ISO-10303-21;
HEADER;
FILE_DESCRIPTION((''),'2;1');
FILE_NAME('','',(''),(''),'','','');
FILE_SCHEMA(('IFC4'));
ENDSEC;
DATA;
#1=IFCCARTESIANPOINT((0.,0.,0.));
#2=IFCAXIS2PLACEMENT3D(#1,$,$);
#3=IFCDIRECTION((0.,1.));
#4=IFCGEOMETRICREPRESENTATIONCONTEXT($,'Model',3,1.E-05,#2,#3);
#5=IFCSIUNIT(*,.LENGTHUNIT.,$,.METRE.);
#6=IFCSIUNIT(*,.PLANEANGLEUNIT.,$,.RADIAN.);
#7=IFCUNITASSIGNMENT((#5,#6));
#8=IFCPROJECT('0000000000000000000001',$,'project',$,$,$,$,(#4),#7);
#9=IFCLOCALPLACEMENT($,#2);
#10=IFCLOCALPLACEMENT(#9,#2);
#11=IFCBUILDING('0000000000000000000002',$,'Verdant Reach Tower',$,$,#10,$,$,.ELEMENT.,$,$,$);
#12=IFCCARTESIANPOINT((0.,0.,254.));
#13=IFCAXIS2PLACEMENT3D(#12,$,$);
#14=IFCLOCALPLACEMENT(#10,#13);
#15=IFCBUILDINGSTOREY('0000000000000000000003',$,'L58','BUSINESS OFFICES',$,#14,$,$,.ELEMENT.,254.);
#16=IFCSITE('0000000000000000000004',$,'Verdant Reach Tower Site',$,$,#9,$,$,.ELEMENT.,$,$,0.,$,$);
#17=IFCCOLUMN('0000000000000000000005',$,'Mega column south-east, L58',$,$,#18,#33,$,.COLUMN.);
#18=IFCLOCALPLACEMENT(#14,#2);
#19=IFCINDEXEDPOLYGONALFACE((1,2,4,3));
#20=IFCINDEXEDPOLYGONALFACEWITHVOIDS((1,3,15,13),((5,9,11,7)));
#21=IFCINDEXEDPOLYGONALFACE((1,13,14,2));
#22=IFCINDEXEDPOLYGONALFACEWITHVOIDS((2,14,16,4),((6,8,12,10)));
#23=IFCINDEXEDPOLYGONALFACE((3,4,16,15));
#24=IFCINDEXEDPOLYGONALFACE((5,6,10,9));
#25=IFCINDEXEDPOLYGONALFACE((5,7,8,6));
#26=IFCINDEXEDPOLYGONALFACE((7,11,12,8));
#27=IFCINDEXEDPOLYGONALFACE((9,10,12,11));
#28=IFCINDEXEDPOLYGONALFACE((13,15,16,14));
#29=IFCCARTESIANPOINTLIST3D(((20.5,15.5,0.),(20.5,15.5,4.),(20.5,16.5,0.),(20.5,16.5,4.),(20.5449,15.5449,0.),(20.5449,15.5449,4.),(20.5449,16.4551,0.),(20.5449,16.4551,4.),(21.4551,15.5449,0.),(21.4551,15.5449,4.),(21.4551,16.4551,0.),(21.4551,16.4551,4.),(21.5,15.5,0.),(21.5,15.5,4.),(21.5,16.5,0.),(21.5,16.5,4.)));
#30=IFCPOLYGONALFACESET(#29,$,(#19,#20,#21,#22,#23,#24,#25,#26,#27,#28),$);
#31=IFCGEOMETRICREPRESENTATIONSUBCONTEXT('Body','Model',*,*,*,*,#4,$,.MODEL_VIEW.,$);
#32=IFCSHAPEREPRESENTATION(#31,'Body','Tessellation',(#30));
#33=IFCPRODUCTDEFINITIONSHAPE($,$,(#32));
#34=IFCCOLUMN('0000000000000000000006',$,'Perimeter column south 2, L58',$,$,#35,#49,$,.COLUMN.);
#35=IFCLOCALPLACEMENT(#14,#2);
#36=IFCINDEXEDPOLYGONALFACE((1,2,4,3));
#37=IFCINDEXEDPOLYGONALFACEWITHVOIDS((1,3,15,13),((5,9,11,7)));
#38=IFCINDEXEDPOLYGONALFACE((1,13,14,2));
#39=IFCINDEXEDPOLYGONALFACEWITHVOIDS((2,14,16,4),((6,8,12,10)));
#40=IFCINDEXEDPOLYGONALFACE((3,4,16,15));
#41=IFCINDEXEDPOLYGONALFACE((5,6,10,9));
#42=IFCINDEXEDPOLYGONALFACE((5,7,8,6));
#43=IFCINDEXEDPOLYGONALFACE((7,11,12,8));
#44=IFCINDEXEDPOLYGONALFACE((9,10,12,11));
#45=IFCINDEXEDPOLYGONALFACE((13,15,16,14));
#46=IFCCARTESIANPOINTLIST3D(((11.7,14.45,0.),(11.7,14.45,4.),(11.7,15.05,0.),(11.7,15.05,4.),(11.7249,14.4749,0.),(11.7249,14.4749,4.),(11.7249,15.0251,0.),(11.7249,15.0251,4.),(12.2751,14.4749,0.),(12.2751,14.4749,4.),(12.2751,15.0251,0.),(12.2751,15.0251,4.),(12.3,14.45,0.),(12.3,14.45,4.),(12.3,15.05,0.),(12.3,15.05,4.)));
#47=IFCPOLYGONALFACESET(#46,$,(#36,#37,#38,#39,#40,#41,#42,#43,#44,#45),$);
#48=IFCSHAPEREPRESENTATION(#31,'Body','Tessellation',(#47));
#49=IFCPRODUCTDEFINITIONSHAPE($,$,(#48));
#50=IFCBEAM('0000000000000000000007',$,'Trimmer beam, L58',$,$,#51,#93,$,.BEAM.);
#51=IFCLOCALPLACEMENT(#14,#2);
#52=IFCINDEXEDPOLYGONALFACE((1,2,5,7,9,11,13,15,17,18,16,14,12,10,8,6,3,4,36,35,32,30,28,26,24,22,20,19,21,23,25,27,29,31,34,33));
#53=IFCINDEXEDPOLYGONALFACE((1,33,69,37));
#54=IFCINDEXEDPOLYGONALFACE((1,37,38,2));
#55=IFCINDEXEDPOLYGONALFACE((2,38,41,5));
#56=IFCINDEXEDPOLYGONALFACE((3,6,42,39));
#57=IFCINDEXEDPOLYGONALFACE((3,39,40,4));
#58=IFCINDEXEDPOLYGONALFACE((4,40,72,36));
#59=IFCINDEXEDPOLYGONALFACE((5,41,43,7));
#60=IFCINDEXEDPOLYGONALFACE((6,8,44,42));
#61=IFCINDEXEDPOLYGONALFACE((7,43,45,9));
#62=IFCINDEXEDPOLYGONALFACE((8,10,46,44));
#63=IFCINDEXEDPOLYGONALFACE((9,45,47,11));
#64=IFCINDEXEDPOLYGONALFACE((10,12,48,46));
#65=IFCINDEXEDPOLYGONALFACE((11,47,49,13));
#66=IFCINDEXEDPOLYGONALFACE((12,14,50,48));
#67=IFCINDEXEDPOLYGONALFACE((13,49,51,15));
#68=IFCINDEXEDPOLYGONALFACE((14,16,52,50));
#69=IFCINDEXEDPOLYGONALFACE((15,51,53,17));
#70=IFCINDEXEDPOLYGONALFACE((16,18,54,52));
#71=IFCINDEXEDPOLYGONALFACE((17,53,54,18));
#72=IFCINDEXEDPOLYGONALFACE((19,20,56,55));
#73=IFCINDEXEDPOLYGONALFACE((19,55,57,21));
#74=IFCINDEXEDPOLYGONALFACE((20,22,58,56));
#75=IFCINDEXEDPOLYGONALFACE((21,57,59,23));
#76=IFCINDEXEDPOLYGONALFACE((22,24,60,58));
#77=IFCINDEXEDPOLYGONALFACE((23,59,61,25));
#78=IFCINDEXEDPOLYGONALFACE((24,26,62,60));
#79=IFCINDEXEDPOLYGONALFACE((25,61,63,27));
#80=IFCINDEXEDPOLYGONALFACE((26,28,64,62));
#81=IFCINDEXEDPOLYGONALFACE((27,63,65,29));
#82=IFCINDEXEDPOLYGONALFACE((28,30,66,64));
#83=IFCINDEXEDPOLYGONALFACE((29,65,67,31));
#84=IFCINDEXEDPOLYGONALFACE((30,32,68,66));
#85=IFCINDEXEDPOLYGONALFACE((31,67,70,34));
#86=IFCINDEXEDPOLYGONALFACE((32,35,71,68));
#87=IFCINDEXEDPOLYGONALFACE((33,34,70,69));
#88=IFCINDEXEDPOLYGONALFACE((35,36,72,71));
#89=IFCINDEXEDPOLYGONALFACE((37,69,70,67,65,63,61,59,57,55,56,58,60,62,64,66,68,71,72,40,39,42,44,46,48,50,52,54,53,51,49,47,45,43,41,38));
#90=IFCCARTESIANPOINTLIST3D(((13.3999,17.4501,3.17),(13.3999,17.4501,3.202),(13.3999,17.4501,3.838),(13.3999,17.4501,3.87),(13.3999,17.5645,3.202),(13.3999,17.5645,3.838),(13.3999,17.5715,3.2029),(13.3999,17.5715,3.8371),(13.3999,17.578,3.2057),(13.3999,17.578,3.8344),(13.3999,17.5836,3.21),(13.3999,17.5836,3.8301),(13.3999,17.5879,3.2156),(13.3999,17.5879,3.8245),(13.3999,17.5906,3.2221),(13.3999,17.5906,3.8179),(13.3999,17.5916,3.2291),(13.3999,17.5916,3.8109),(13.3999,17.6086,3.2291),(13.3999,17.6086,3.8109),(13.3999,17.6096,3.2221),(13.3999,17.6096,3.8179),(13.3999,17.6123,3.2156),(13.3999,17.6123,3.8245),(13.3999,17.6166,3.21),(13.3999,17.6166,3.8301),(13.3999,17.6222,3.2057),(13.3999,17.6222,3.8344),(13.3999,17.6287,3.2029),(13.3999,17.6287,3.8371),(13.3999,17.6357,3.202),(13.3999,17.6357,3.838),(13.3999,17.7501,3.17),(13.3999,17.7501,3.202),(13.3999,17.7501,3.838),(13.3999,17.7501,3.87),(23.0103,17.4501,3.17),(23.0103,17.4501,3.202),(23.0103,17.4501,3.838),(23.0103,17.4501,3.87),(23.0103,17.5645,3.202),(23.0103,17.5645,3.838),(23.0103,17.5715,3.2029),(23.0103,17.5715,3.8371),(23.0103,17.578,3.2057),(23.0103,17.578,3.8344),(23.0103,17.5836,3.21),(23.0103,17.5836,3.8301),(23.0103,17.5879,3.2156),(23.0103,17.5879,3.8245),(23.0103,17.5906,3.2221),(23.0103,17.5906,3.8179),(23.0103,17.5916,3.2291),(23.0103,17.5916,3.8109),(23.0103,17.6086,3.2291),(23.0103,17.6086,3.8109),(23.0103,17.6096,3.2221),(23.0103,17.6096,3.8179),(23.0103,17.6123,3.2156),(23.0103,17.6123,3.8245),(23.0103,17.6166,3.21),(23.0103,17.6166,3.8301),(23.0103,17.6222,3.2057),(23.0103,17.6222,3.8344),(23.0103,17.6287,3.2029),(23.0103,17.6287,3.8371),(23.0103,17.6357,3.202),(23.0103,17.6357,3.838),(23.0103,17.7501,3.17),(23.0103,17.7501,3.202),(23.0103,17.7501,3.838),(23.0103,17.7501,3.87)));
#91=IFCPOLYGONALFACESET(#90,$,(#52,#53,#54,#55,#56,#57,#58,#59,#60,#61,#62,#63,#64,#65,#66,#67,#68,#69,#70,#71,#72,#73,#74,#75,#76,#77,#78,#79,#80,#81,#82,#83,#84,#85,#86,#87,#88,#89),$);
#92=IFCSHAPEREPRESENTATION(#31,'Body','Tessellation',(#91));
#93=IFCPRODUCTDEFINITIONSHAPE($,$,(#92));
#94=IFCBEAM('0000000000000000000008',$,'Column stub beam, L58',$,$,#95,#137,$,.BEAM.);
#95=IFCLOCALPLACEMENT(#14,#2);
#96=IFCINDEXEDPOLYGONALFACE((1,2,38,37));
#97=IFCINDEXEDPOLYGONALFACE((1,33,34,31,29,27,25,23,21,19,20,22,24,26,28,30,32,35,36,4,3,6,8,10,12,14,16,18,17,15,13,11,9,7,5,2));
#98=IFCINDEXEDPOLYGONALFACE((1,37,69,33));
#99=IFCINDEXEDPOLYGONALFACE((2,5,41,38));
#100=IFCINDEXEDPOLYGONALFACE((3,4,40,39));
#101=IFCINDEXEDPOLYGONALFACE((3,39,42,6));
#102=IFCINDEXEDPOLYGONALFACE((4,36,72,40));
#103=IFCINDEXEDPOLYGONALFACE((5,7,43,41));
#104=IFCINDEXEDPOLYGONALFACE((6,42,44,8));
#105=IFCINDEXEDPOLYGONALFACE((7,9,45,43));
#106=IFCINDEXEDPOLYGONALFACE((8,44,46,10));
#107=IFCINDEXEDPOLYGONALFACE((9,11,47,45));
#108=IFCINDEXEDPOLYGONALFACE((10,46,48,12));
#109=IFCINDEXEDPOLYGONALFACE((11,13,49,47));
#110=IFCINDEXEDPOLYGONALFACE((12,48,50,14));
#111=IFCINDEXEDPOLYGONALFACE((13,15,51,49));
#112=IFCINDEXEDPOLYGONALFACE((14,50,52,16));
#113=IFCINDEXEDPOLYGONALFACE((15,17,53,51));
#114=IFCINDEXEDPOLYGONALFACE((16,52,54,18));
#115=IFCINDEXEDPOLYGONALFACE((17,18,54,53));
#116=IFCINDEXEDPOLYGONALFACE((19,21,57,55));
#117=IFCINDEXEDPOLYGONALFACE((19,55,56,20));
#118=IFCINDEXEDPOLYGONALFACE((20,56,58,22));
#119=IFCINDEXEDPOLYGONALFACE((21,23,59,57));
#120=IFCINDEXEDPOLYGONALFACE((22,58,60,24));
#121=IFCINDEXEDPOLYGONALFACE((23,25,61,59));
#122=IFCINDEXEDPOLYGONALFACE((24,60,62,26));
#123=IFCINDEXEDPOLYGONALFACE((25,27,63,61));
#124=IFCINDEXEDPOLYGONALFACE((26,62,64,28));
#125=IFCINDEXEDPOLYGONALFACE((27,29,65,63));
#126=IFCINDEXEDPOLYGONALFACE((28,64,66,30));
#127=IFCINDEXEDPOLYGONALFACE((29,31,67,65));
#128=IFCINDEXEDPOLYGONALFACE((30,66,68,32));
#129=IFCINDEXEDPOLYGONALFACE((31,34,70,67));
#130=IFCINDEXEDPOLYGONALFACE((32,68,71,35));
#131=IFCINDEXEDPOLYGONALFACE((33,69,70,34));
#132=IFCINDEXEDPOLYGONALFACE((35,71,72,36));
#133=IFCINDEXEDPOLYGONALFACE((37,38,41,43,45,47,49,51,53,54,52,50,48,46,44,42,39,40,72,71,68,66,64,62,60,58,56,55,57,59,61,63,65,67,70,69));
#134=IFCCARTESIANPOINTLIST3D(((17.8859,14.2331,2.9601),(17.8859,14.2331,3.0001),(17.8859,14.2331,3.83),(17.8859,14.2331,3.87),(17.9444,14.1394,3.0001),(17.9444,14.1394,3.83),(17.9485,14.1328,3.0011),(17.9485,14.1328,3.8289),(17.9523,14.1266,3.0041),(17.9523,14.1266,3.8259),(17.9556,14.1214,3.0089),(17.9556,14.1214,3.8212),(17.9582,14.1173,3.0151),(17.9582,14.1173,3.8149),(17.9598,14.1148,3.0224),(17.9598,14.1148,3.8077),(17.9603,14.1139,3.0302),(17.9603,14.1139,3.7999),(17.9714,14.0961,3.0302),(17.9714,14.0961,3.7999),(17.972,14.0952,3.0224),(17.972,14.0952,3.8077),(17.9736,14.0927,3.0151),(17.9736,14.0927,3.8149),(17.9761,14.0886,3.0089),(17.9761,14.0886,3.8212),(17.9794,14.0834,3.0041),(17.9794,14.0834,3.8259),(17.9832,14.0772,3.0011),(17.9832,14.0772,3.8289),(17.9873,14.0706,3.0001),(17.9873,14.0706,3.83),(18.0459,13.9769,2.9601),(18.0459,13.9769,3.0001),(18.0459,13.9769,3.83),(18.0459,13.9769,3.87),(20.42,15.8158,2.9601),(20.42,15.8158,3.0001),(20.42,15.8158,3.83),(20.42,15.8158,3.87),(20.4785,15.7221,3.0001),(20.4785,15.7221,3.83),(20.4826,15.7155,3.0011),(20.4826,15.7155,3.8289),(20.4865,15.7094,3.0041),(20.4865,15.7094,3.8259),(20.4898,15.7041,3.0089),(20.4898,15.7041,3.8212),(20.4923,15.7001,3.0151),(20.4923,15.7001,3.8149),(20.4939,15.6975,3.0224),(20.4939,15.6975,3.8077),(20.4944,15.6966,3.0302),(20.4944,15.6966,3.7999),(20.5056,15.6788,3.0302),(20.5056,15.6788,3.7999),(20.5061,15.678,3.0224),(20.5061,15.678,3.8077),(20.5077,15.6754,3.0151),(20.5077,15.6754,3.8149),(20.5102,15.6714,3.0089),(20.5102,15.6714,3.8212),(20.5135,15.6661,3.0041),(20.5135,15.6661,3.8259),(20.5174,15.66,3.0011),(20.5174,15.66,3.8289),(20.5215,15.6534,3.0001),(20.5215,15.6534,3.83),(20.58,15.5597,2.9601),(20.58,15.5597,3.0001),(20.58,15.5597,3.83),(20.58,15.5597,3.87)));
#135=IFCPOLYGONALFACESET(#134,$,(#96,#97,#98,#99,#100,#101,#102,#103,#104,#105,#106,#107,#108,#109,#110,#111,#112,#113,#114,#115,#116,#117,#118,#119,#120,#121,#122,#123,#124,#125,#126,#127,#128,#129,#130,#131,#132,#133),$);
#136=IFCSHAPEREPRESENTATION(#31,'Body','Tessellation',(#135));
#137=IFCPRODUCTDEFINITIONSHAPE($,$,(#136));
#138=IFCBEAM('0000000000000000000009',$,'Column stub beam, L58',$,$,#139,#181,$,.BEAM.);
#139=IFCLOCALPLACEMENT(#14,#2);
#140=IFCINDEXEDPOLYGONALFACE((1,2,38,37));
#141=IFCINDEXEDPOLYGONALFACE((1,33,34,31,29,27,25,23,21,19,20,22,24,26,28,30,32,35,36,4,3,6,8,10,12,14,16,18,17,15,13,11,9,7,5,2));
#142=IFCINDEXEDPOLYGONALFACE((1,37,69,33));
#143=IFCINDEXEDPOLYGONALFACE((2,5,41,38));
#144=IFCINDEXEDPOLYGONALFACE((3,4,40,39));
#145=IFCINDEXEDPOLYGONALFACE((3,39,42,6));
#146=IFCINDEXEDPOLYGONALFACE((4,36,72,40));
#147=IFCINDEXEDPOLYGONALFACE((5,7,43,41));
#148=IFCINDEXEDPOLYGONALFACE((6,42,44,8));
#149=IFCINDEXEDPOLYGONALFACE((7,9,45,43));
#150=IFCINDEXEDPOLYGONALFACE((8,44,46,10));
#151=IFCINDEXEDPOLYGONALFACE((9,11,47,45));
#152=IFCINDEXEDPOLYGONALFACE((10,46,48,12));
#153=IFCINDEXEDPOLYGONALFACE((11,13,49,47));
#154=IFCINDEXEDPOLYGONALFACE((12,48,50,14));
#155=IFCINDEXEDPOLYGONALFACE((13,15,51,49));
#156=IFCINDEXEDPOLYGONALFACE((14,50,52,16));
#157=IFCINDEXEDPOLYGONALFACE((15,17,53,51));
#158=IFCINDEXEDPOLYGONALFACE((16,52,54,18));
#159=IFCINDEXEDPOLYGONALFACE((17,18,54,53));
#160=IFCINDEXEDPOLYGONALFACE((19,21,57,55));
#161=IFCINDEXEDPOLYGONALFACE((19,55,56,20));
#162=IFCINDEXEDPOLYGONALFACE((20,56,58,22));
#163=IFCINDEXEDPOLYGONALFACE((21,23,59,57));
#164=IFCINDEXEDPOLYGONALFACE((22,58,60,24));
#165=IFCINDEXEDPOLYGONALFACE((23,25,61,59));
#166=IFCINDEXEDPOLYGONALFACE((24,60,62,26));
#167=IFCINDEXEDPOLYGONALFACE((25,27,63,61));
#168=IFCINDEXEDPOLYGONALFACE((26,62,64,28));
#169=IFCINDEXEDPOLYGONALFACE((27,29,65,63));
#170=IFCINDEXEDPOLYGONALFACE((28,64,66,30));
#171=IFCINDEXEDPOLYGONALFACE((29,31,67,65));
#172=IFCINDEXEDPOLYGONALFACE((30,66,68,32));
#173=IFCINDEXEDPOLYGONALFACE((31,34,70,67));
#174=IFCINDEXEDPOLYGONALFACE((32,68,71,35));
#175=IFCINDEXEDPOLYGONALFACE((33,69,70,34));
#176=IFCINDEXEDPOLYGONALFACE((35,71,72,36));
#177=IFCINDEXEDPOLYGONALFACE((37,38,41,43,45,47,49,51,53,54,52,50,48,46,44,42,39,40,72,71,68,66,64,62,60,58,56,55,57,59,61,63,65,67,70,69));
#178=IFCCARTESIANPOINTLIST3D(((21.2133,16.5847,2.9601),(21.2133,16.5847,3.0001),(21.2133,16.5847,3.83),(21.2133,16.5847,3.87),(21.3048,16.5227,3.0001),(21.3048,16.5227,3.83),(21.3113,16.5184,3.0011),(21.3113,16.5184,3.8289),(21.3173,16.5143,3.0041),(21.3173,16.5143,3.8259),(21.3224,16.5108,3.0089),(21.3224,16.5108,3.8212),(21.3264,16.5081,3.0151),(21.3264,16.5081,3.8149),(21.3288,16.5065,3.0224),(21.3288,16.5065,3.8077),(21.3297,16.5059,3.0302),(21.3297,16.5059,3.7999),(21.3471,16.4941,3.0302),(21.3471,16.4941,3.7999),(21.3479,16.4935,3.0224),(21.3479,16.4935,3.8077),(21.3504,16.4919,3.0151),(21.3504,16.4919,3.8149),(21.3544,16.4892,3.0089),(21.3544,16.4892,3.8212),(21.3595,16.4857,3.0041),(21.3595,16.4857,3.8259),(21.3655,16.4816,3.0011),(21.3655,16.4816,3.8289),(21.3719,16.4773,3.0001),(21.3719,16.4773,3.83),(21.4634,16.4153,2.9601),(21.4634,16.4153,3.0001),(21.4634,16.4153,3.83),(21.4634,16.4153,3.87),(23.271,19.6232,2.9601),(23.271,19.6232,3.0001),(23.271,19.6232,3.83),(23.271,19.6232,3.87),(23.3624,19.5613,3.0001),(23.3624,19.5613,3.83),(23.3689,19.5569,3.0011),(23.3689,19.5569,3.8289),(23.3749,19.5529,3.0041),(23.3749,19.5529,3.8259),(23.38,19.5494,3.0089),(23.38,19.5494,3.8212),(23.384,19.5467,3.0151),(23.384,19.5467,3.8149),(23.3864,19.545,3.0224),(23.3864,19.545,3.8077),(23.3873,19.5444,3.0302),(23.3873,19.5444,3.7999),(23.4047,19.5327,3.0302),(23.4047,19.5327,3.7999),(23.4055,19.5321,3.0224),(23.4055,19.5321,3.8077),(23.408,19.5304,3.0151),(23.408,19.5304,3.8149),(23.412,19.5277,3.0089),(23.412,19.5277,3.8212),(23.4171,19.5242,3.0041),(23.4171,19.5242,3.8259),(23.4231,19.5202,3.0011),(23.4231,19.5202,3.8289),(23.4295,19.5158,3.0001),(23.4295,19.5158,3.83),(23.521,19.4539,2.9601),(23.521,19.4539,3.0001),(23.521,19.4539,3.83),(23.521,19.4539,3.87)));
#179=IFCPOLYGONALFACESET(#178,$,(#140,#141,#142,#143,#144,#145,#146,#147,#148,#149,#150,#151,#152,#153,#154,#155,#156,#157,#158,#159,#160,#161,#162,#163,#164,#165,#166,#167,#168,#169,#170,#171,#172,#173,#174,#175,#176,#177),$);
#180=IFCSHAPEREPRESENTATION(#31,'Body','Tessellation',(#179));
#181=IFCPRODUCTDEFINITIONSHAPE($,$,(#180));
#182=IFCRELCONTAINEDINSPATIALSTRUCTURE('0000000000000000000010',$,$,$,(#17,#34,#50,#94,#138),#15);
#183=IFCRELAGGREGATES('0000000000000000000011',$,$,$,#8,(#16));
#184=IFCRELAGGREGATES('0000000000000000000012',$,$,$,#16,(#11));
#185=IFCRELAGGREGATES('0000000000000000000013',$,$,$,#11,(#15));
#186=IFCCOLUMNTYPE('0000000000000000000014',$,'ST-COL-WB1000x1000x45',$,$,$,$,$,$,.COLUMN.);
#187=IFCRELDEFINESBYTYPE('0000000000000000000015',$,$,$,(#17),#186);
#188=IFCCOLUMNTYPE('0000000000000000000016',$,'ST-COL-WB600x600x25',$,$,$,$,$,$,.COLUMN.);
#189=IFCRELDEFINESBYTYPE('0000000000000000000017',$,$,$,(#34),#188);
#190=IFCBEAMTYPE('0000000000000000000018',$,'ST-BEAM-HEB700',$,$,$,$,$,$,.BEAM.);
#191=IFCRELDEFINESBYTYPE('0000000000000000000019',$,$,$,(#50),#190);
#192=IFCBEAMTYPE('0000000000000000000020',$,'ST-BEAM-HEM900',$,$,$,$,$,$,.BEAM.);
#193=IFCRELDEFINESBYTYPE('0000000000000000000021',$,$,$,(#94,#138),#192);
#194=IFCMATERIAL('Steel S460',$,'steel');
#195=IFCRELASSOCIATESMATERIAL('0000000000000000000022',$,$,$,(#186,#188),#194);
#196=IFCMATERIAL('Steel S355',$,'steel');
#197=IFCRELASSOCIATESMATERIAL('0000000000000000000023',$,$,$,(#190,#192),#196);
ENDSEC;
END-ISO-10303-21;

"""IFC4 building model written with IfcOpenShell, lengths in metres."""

from ifc_helpers import new_model, si_unit, direction, frame, origin, origin_2d, place, context, subcontext, project, spatial, hollow_rectangle, i_section, extrude, material, material_profile, profile_set, type_object, element, save


model = new_model("IFC4")

# Units and contexts
model_context = context("Model", 3, precision=1e-05, world=origin(), true_north=direction((0.0, 1.0)))
body_context = subcontext(model_context, "Body", "Model", "MODEL_VIEW")
ifc_project = project(units=[si_unit("LENGTHUNIT", "METRE"), si_unit("PLANEANGLEUNIT", "RADIAN")], contexts=[model_context])

# Site, building, storey
site_placement = place(None, origin())
site = spatial("IfcSite", under=ifc_project, at=site_placement, Name="Verdant Reach Tower Site", CompositionType="ELEMENT", RefElevation=0.0)
building_placement = place(site_placement, origin())
building = spatial("IfcBuilding", under=site, at=building_placement, Name="Verdant Reach Tower", CompositionType="ELEMENT")
storey_placement = place(building_placement, frame((0.0, 0.0, 254.0)))
storey = spatial("IfcBuildingStorey", under=building, at=storey_placement, Name="L58", Description="BUSINESS OFFICES", CompositionType="ELEMENT", Elevation=254.0)

# Columns
ifc_material_1 = material(Name="Steel S460", Category="steel")
ifc_material_profile_1 = material_profile(ifc_material_1, hollow_rectangle(XDim=1.0, YDim=1.0, WallThickness=0.0449, at=origin_2d()), Name="WB 1000x1000x45")
ifc_profile_set_1 = profile_set([ifc_material_profile_1], Name="Steel S460")
column_type_1 = type_object("IfcColumnType", Name="ST-COL-WB1000x1000x45", PredefinedType="COLUMN", material=ifc_profile_set_1)
column_1_placement = place(storey_placement, frame((21.0, 16.0, 0.0), z_axis=(0.0, 0.0, 1.0), x_axis=(1.0, 0.0, 0.0)))
element("IfcColumn", 1, at=column_1_placement, inside=storey, type_object=column_type_1, Name="Mega column south-east, L58", PredefinedType="COLUMN", context=body_context, shape_type="SweptSolid", body=[
    extrude(hollow_rectangle(XDim=1.0, YDim=1.0, WallThickness=0.0449, at=origin_2d()), origin(), (0.0, 0.0, 1.0), 4.0),
])
ifc_material_profile_2 = material_profile(ifc_material_1, hollow_rectangle(XDim=0.6001, YDim=0.6001, WallThickness=0.0249, at=origin_2d()), Name="WB 600x600x25")
ifc_profile_set_2 = profile_set([ifc_material_profile_2], Name="Steel S460")
column_type_2 = type_object("IfcColumnType", Name="ST-COL-WB600x600x25", PredefinedType="COLUMN", material=ifc_profile_set_2)
column_2_placement = place(storey_placement, frame((12.0, 14.75, 0.0), z_axis=(0.0, 0.0, 1.0), x_axis=(1.0, 0.0, 0.0)))
element("IfcColumn", 2, at=column_2_placement, inside=storey, type_object=column_type_2, Name="Perimeter column south 2, L58", PredefinedType="COLUMN", context=body_context, shape_type="SweptSolid", body=[
    extrude(hollow_rectangle(XDim=0.6001, YDim=0.6001, WallThickness=0.0249, at=origin_2d()), origin(), (0.0, 0.0, 1.0), 4.0),
])

# Beams
ifc_material_2 = material(Name="Steel S355", Category="steel")
ifc_material_profile_3 = material_profile(ifc_material_2, i_section(OverallWidth=0.3, OverallDepth=0.7, WebThickness=0.0171, FlangeThickness=0.032, FilletRadius=0.0271, at=origin_2d()), Name="HEB 700")
ifc_profile_set_3 = profile_set([ifc_material_profile_3], Name="Steel S355")
beam_type_1 = type_object("IfcBeamType", Name="ST-BEAM-HEB700", PredefinedType="BEAM", material=ifc_profile_set_3)
beam_1_placement = place(storey_placement, frame((13.3999, 17.6001, 3.52), z_axis=(1.0, 0.0, 0.0), x_axis=(0.0, 1.0, 0.0)))
element("IfcBeam", 3, at=beam_1_placement, inside=storey, type_object=beam_type_1, Name="Trimmer beam, L58", PredefinedType="BEAM", context=body_context, shape_type="SweptSolid", body=[
    extrude(i_section(OverallWidth=0.3, OverallDepth=0.7, WebThickness=0.0171, FlangeThickness=0.032, FilletRadius=0.0271, at=origin_2d()), origin(), (0.0, 0.0, 1.0), 9.6104),
])
ifc_material_profile_4 = material_profile(ifc_material_2, i_section(OverallWidth=0.302, OverallDepth=0.9099, WebThickness=0.021, FlangeThickness=0.04, FilletRadius=0.03, at=origin_2d()), Name="HEM 900")
ifc_profile_set_4 = profile_set([ifc_material_profile_4], Name="Steel S355")
beam_type_2 = type_object("IfcBeamType", Name="ST-BEAM-HEM900", PredefinedType="BEAM", material=ifc_profile_set_4)
beam_2_placement = place(storey_placement, frame((20.5, 15.6877, 3.415), z_axis=(-0.848164, -0.529735, 0.0), x_axis=(0.529735, -0.848164, 0.0)))
element("IfcBeam", 4, at=beam_2_placement, inside=storey, type_object=beam_type_2, Name="Column stub beam, L58", PredefinedType="BEAM", context=body_context, shape_type="SweptSolid", body=[
    extrude(i_section(OverallWidth=0.302, OverallDepth=0.9099, WebThickness=0.021, FlangeThickness=0.04, FilletRadius=0.03, at=origin_2d()), origin(), (0.0, 0.0, 1.0), 2.9878),
])
beam_3_placement = place(storey_placement, frame((21.3384, 16.5, 3.415), z_axis=(0.560704, 0.828016, 0.0), x_axis=(-0.828016, 0.560704, 0.0)))
element("IfcBeam", 5, at=beam_3_placement, inside=storey, type_object=beam_type_2, Name="Column stub beam, L58", PredefinedType="BEAM", context=body_context, shape_type="SweptSolid", body=[
    extrude(i_section(OverallWidth=0.302, OverallDepth=0.9099, WebThickness=0.021, FlangeThickness=0.04, FilletRadius=0.03, at=origin_2d()), origin(), (0.0, 0.0, 1.0), 3.6697),
])

save(model, "model.ifc")
